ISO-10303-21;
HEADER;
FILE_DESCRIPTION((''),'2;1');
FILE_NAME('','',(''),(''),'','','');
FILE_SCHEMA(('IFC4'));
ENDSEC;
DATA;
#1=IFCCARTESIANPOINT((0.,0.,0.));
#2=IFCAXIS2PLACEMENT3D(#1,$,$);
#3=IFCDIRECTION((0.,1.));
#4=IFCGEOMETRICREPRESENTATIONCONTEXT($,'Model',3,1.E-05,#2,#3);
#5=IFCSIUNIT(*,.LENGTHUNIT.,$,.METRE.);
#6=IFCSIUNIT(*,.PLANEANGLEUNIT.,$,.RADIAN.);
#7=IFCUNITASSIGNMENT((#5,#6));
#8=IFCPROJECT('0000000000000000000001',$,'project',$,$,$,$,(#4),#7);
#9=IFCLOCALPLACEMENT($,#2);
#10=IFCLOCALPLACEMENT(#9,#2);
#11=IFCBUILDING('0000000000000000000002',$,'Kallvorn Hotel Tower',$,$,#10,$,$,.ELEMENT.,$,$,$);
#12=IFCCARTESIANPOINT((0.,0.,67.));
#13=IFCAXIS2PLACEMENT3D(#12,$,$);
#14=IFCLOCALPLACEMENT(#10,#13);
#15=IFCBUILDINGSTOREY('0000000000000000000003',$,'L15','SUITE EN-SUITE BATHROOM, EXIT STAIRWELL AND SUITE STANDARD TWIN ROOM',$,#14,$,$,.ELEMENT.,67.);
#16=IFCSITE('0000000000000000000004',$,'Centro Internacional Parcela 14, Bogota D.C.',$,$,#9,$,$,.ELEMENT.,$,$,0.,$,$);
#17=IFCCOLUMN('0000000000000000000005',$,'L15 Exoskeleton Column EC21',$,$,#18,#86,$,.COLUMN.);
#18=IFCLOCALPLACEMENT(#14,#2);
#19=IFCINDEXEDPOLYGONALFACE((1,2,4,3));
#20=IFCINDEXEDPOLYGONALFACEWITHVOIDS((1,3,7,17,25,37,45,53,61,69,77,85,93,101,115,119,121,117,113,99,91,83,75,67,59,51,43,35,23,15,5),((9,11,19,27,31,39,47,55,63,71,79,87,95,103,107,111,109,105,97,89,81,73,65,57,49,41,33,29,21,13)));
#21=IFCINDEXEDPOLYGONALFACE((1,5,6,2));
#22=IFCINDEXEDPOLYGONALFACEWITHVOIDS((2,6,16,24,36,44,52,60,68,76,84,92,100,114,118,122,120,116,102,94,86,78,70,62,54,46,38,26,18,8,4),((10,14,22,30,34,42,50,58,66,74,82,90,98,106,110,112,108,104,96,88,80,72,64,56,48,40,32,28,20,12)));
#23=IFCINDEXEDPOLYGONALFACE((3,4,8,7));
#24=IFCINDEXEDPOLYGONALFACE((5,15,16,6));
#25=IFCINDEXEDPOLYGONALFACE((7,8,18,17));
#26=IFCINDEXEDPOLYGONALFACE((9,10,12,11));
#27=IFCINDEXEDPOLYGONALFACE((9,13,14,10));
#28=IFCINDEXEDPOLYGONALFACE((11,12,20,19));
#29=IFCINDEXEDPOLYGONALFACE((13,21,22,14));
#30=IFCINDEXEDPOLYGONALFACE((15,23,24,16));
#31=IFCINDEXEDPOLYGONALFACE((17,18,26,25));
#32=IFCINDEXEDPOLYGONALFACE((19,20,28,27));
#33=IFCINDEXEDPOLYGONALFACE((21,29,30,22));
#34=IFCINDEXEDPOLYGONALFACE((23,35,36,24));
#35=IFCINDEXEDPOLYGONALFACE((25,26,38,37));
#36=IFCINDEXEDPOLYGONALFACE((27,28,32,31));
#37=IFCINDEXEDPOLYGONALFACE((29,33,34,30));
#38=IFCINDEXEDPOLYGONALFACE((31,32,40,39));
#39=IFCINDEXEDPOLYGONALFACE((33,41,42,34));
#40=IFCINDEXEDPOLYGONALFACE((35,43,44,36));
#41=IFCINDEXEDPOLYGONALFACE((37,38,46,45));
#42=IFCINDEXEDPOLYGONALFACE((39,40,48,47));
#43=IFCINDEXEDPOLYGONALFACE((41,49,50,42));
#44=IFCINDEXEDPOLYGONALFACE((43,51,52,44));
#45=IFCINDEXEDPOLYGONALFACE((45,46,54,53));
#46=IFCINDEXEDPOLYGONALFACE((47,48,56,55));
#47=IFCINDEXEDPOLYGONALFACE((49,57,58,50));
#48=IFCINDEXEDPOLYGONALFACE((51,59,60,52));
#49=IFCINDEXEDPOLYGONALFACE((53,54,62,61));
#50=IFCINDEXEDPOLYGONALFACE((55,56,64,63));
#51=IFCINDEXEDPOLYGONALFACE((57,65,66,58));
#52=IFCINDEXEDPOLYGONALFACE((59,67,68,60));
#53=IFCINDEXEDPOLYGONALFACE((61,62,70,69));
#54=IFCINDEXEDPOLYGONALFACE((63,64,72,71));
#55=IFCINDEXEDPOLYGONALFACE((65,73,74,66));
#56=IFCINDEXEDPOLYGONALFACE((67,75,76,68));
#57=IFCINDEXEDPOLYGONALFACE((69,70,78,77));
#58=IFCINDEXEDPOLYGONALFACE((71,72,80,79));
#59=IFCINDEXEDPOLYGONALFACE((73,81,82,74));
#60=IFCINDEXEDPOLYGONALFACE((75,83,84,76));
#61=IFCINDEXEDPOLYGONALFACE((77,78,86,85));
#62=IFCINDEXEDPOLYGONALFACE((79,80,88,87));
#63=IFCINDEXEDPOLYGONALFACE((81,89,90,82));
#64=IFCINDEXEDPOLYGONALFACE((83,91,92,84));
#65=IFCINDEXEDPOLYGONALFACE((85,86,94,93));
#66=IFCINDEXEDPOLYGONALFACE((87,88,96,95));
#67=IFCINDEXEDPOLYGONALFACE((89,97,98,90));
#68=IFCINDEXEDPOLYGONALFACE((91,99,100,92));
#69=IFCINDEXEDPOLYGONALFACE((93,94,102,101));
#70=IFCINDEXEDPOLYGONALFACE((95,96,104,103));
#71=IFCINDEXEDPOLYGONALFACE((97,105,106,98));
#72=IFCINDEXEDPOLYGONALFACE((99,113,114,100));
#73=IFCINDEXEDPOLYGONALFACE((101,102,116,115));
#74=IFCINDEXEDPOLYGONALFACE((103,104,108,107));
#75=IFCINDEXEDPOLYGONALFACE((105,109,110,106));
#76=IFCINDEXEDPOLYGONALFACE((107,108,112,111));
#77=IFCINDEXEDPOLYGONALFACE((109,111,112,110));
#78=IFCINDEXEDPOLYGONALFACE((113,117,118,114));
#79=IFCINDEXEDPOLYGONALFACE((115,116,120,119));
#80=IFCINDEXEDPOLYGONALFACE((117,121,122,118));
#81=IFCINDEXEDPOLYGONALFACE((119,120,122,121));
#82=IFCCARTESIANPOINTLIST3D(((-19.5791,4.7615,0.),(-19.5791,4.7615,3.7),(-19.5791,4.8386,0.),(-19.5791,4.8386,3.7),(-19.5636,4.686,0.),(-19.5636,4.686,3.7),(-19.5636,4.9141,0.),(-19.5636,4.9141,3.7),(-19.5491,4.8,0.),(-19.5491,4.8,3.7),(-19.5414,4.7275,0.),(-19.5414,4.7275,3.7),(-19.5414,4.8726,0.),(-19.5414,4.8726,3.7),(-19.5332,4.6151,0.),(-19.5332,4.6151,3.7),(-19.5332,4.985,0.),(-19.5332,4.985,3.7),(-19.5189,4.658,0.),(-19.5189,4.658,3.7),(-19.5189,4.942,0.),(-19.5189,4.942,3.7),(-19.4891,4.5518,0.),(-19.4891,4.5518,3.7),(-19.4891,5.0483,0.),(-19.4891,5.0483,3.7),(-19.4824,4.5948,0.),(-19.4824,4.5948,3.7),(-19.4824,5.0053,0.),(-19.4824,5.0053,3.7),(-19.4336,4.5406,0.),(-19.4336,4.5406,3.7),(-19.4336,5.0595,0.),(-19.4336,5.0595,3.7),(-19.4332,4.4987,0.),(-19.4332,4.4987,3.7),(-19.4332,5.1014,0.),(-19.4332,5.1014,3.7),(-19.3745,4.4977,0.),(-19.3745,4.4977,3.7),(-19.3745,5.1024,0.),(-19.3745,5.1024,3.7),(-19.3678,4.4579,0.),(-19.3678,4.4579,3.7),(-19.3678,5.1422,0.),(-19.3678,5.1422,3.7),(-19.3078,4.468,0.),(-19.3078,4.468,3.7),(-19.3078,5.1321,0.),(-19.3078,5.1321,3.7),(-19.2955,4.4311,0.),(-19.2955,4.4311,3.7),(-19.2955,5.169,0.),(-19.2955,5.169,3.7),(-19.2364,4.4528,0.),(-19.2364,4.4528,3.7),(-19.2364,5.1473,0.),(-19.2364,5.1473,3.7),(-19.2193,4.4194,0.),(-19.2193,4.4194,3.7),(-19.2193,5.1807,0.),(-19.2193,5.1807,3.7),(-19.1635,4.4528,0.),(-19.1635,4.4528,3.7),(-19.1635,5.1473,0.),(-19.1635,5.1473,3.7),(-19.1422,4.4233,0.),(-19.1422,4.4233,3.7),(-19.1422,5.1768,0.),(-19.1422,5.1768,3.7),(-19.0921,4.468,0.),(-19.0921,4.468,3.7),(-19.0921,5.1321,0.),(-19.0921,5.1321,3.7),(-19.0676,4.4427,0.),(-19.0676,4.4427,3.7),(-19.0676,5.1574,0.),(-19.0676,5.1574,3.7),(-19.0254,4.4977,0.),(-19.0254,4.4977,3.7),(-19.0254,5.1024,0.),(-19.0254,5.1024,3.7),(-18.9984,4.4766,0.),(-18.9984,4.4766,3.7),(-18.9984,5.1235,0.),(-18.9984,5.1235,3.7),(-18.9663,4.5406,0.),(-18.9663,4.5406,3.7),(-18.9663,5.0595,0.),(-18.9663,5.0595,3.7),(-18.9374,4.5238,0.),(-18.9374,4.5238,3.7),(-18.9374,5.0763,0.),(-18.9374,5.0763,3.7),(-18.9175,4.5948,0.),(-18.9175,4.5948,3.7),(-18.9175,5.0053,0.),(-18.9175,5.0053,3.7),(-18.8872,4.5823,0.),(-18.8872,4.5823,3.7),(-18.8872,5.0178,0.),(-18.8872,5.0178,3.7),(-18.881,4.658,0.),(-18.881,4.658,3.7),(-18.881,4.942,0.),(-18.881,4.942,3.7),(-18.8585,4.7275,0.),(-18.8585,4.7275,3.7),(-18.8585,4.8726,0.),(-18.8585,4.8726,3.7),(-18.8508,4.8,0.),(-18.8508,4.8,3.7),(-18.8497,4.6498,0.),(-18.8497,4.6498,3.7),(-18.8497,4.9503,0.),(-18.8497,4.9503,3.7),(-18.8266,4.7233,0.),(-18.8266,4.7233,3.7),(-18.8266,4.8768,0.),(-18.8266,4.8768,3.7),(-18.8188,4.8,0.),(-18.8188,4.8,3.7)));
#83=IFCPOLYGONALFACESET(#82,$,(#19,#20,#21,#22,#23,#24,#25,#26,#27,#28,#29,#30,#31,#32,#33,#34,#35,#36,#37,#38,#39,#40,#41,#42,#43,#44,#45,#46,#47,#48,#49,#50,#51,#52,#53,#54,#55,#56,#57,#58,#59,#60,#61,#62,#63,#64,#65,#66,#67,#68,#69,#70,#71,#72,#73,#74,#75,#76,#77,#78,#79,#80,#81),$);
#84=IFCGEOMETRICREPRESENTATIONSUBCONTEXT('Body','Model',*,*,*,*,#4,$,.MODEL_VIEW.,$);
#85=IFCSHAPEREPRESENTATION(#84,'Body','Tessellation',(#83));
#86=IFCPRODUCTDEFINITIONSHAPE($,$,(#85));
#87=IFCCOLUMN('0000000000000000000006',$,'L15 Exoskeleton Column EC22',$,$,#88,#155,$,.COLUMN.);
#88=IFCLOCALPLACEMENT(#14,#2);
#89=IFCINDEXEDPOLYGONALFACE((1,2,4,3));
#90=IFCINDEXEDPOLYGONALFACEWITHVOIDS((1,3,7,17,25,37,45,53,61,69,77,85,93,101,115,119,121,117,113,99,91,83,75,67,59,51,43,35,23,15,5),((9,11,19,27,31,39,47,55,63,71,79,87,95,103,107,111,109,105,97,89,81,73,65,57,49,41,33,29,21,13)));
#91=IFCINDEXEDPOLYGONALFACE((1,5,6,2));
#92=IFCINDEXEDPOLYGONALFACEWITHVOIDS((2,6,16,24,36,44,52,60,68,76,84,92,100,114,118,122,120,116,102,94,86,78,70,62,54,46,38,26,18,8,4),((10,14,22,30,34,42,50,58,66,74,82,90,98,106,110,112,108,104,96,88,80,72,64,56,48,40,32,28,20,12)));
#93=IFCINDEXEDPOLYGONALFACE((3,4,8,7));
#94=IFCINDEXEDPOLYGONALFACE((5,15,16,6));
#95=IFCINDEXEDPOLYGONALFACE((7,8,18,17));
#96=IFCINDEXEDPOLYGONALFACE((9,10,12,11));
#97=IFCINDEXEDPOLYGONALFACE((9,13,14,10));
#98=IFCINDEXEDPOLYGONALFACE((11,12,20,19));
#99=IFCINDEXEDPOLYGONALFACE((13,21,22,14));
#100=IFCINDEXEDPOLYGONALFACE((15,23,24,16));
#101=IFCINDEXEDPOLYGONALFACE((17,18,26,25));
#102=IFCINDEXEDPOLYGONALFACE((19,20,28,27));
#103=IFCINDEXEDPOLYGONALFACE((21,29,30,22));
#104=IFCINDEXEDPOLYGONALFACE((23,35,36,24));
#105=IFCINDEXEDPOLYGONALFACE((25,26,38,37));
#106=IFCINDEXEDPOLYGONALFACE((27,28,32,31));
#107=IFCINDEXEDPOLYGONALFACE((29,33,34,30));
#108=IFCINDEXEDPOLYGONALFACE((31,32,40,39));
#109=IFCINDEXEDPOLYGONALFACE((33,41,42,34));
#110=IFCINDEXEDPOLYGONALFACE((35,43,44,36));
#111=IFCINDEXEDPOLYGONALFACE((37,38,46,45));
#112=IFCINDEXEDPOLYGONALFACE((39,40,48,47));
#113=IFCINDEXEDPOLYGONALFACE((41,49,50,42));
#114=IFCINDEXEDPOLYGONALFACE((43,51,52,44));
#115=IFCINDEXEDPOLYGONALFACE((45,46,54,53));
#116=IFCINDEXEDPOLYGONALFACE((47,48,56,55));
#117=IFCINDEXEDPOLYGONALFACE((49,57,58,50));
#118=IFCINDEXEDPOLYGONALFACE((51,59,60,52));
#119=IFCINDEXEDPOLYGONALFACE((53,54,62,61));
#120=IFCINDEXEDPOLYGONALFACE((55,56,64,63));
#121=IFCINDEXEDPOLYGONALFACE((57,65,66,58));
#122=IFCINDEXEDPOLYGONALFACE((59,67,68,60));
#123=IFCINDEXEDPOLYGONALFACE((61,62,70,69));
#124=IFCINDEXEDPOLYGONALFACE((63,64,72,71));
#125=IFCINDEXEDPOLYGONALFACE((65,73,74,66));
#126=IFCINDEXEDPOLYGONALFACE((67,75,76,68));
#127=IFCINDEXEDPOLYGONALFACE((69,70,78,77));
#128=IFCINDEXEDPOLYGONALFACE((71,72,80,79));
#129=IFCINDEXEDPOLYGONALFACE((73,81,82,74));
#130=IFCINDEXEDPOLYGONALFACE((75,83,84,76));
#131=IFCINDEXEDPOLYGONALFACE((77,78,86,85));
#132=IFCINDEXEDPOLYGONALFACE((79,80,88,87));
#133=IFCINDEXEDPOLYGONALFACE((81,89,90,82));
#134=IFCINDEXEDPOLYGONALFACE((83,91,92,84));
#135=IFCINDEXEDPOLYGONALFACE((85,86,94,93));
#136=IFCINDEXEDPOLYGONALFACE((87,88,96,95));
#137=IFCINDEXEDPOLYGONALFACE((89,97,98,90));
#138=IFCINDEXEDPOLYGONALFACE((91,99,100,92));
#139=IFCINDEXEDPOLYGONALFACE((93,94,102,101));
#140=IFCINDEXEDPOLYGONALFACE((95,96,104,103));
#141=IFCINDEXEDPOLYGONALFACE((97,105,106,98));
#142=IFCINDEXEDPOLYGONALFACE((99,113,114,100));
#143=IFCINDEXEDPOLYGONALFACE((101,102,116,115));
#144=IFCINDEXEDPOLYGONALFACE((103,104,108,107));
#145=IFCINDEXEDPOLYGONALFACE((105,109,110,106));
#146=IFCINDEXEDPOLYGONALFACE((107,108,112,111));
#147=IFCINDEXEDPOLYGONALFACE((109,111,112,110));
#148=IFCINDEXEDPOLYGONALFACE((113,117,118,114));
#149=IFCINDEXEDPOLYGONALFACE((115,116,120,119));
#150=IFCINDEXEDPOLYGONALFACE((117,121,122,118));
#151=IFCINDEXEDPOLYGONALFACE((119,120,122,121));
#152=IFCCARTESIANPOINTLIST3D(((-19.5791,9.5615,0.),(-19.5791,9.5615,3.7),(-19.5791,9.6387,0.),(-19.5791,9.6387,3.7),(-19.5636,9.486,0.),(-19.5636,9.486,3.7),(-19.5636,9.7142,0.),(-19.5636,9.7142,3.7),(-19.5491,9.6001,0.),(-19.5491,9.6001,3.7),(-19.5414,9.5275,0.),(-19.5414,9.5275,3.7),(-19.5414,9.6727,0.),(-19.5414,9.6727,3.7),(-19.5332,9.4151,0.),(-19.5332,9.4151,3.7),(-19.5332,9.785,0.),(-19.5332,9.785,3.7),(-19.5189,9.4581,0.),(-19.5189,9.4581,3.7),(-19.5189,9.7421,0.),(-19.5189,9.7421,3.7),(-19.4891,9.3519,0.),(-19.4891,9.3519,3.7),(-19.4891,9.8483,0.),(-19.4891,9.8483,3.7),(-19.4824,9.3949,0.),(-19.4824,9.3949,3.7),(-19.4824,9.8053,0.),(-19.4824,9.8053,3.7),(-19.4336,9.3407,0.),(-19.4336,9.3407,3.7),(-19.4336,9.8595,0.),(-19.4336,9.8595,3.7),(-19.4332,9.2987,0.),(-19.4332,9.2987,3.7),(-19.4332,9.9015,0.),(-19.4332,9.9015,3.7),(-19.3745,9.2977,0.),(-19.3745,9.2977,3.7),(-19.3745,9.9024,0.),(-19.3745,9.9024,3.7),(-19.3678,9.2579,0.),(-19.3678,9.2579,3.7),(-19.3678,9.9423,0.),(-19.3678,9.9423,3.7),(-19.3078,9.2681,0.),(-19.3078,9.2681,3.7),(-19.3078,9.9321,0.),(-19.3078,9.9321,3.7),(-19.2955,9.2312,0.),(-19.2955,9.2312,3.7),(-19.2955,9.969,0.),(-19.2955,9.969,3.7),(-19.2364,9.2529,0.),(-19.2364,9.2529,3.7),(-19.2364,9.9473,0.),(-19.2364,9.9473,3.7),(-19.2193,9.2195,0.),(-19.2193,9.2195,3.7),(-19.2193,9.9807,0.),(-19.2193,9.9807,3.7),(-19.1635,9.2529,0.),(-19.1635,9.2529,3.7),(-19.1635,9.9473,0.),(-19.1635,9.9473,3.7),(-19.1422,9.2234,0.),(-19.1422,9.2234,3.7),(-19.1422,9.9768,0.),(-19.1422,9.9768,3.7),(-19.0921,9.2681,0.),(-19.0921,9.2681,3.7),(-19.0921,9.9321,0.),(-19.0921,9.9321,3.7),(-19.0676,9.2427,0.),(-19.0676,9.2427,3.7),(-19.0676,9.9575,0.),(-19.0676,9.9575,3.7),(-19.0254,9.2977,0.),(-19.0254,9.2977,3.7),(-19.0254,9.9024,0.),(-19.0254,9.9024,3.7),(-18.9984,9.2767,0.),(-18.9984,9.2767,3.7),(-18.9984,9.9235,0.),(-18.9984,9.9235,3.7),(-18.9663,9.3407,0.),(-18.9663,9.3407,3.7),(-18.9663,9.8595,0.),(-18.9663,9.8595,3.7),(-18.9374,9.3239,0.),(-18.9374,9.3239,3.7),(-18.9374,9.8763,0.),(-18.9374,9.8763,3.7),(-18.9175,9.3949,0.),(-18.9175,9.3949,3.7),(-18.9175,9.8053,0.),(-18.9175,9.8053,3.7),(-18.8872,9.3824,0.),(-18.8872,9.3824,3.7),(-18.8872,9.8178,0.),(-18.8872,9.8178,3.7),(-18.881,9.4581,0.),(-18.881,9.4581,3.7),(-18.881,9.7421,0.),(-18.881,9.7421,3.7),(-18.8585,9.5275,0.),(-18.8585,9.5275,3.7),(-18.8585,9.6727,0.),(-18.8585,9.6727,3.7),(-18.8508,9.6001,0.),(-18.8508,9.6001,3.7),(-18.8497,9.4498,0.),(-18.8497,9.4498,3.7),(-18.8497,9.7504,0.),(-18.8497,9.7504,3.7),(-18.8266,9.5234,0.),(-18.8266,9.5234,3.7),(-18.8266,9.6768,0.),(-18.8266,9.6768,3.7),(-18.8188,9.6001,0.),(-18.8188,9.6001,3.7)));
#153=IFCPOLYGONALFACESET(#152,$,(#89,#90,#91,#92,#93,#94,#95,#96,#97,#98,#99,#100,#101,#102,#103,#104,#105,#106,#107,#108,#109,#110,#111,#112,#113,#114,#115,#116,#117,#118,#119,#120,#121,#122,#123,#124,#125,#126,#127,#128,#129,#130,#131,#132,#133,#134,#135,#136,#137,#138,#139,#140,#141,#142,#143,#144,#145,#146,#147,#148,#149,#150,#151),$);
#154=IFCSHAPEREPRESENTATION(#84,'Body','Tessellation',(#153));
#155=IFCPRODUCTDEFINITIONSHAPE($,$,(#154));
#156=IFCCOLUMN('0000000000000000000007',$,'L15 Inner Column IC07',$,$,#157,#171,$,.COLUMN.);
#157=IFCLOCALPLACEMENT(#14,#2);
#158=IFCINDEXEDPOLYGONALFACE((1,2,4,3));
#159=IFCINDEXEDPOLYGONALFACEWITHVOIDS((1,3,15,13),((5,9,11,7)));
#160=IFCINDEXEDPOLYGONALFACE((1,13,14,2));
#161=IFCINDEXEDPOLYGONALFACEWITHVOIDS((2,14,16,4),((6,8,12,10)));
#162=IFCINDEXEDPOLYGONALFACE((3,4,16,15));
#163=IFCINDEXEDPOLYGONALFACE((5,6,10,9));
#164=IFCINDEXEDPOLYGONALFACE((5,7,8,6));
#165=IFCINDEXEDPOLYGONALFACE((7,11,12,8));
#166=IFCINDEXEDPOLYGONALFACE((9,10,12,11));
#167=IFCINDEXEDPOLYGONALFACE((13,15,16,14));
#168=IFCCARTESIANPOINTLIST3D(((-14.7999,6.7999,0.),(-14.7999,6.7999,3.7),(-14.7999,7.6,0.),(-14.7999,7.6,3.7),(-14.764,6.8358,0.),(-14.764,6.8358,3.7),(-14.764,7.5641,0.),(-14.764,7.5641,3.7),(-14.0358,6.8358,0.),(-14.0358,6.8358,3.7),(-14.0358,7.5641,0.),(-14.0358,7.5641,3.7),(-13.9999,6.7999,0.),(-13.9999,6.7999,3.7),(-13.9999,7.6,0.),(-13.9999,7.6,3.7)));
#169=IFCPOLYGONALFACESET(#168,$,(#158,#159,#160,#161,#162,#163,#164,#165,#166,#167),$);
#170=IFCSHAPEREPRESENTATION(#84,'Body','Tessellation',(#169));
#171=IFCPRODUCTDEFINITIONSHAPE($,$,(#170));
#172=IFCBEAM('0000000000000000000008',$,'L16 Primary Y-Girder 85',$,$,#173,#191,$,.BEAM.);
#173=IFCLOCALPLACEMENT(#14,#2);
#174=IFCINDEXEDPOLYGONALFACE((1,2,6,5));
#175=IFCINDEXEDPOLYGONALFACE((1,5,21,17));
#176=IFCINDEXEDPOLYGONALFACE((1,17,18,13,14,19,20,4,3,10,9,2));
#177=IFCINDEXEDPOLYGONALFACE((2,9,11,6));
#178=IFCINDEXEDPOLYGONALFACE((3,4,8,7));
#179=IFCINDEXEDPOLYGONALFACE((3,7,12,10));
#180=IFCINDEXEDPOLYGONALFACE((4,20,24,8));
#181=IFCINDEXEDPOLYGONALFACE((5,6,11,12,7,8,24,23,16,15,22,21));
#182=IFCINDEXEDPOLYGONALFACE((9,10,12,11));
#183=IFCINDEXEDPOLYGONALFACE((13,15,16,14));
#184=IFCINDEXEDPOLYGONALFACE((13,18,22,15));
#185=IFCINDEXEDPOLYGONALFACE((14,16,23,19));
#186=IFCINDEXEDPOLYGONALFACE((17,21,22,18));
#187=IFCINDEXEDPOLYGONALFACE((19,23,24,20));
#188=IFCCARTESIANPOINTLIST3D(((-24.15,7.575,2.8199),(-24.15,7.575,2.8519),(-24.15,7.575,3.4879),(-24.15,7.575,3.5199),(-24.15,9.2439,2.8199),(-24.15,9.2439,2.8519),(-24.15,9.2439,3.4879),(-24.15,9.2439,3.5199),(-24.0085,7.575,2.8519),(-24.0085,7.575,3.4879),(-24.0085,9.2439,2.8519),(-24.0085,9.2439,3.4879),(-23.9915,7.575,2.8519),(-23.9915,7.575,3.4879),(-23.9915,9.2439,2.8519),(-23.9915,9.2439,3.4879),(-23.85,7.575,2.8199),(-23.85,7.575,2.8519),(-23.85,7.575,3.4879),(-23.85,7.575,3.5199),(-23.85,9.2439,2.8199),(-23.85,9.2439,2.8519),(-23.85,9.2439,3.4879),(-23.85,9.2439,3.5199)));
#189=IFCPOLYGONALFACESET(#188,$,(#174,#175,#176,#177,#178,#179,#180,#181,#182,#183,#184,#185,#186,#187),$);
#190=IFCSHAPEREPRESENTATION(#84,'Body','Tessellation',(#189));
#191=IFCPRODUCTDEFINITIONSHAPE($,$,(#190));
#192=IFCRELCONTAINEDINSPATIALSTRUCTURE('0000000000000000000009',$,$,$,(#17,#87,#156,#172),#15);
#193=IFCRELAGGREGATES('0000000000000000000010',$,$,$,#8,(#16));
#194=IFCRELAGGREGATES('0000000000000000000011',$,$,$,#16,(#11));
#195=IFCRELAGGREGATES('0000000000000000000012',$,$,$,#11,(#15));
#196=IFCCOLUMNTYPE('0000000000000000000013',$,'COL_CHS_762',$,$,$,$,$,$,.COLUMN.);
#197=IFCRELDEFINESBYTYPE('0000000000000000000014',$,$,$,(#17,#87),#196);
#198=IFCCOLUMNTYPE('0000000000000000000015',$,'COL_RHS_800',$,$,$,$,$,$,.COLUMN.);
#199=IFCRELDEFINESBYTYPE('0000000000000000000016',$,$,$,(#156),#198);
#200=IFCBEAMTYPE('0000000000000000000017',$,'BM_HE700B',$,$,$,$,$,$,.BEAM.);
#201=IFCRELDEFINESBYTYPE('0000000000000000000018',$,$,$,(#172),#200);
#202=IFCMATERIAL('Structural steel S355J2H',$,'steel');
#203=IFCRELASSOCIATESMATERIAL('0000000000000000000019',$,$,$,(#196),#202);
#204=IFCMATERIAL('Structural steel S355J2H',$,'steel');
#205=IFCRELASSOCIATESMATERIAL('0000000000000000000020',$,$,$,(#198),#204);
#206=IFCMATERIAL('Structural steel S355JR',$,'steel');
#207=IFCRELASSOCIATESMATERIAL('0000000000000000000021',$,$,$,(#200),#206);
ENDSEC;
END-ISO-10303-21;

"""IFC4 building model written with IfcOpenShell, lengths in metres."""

from ifc_helpers import new_model, si_unit, direction, frame, origin, origin_2d, place, context, subcontext, project, spatial, hollow_rectangle, hollow_circle, i_section, extrude, material, material_profile, profile_set, type_object, element, save


model = new_model("IFC4")

# Units and contexts
model_context = context("Model", 3, precision=1e-05, world=origin(), true_north=direction((0.0, 1.0)))
body_context = subcontext(model_context, "Body", "Model", "MODEL_VIEW")
ifc_project = project(units=[si_unit("LENGTHUNIT", "METRE"), si_unit("PLANEANGLEUNIT", "RADIAN")], contexts=[model_context])

# Site, building, storey
site_placement = place(None, origin())
site = spatial("IfcSite", under=ifc_project, at=site_placement, Name="Centro Internacional Parcela 14, Bogota D.C.", CompositionType="ELEMENT", RefElevation=0.0)
building_placement = place(site_placement, origin())
building = spatial("IfcBuilding", under=site, at=building_placement, Name="Kallvorn Hotel Tower", CompositionType="ELEMENT")
storey_placement = place(building_placement, frame((0.0, 0.0, 67.0)))
storey = spatial("IfcBuildingStorey", under=building, at=storey_placement, Name="L15", Description="SUITE EN-SUITE BATHROOM, EXIT STAIRWELL AND SUITE STANDARD TWIN ROOM", CompositionType="ELEMENT", Elevation=67.0)

# Columns
ifc_material_1 = material(Name="Structural steel S355J2H", Category="steel")
ifc_material_profile_1 = material_profile(ifc_material_1, hollow_circle(Radius=0.3811, WallThickness=0.032, at=origin_2d()), Name="CHS 762x32")
ifc_profile_set_1 = profile_set([ifc_material_profile_1], Name="Structural steel S355J2H")
column_type_1 = type_object("IfcColumnType", Name="COL_CHS_762", PredefinedType="COLUMN", material=ifc_profile_set_1)
for number, where, z_axis, x_axis, name in (
    (1, (-19.2, 4.8, 0.0), (0.0, 0.0, 1.0), (1.0, 0.0, 0.0), "L15 Exoskeleton Column EC21"),
    (2, (-19.2, 9.6001, 0.0), (0.0, 0.0, 1.0), (1.0, 0.0, 0.0), "L15 Exoskeleton Column EC22"),
):
    element("IfcColumn", number, at=place(storey_placement, frame(where, z_axis=z_axis, x_axis=x_axis)), inside=storey, type_object=column_type_1, Name=name, PredefinedType="COLUMN", context=body_context, shape_type="SweptSolid", body=[
        extrude(hollow_circle(Radius=0.3811, WallThickness=0.032, at=origin_2d()), origin(), (0.0, 0.0, 1.0), 3.7),
    ])
ifc_material_2 = material(Name="Structural steel S355J2H", Category="steel")
ifc_material_profile_2 = material_profile(ifc_material_2, hollow_rectangle(XDim=0.8, YDim=0.8, WallThickness=0.0359, at=origin_2d()), Name="RHS 800x800x36")
ifc_profile_set_2 = profile_set([ifc_material_profile_2], Name="Structural steel S355J2H")
column_type_2 = type_object("IfcColumnType", Name="COL_RHS_800", PredefinedType="COLUMN", material=ifc_profile_set_2)
column_placement = place(storey_placement, frame((-14.3999, 7.2, 0.0), z_axis=(0.0, 0.0, 1.0), x_axis=(1.0, 0.0, 0.0)))
element("IfcColumn", 3, at=column_placement, inside=storey, type_object=column_type_2, Name="L15 Inner Column IC07", PredefinedType="COLUMN", context=body_context, shape_type="SweptSolid", body=[
    extrude(hollow_rectangle(XDim=0.8, YDim=0.8, WallThickness=0.0359, at=origin_2d()), origin(), (0.0, 0.0, 1.0), 3.7),
])

# Beam
ifc_material_3 = material(Name="Structural steel S355JR", Category="steel")
ifc_material_profile_3 = material_profile(ifc_material_3, i_section(OverallWidth=0.3, OverallDepth=0.7, WebThickness=0.0171, FlangeThickness=0.032, at=origin_2d()), Name="HE 700 B")
ifc_profile_set_3 = profile_set([ifc_material_profile_3], Name="Structural steel S355JR")
beam_type_1 = type_object("IfcBeamType", Name="BM_HE700B", PredefinedType="BEAM", material=ifc_profile_set_3)
beam_1_placement = place(storey_placement, frame((-24.0, 7.575, 3.1699), z_axis=(0.0, 1.0, 0.0), x_axis=(-1.0, 0.0, 0.0)))
element("IfcBeam", 4, at=beam_1_placement, inside=storey, type_object=beam_type_1, Name="L16 Primary Y-Girder 85", PredefinedType="BEAM", context=body_context, shape_type="SweptSolid", body=[
    extrude(i_section(OverallWidth=0.3, OverallDepth=0.7, WebThickness=0.0171, FlangeThickness=0.032, at=origin_2d()), origin(), (0.0, 0.0, 1.0), 1.6689),
])

save(model, "model.ifc")
